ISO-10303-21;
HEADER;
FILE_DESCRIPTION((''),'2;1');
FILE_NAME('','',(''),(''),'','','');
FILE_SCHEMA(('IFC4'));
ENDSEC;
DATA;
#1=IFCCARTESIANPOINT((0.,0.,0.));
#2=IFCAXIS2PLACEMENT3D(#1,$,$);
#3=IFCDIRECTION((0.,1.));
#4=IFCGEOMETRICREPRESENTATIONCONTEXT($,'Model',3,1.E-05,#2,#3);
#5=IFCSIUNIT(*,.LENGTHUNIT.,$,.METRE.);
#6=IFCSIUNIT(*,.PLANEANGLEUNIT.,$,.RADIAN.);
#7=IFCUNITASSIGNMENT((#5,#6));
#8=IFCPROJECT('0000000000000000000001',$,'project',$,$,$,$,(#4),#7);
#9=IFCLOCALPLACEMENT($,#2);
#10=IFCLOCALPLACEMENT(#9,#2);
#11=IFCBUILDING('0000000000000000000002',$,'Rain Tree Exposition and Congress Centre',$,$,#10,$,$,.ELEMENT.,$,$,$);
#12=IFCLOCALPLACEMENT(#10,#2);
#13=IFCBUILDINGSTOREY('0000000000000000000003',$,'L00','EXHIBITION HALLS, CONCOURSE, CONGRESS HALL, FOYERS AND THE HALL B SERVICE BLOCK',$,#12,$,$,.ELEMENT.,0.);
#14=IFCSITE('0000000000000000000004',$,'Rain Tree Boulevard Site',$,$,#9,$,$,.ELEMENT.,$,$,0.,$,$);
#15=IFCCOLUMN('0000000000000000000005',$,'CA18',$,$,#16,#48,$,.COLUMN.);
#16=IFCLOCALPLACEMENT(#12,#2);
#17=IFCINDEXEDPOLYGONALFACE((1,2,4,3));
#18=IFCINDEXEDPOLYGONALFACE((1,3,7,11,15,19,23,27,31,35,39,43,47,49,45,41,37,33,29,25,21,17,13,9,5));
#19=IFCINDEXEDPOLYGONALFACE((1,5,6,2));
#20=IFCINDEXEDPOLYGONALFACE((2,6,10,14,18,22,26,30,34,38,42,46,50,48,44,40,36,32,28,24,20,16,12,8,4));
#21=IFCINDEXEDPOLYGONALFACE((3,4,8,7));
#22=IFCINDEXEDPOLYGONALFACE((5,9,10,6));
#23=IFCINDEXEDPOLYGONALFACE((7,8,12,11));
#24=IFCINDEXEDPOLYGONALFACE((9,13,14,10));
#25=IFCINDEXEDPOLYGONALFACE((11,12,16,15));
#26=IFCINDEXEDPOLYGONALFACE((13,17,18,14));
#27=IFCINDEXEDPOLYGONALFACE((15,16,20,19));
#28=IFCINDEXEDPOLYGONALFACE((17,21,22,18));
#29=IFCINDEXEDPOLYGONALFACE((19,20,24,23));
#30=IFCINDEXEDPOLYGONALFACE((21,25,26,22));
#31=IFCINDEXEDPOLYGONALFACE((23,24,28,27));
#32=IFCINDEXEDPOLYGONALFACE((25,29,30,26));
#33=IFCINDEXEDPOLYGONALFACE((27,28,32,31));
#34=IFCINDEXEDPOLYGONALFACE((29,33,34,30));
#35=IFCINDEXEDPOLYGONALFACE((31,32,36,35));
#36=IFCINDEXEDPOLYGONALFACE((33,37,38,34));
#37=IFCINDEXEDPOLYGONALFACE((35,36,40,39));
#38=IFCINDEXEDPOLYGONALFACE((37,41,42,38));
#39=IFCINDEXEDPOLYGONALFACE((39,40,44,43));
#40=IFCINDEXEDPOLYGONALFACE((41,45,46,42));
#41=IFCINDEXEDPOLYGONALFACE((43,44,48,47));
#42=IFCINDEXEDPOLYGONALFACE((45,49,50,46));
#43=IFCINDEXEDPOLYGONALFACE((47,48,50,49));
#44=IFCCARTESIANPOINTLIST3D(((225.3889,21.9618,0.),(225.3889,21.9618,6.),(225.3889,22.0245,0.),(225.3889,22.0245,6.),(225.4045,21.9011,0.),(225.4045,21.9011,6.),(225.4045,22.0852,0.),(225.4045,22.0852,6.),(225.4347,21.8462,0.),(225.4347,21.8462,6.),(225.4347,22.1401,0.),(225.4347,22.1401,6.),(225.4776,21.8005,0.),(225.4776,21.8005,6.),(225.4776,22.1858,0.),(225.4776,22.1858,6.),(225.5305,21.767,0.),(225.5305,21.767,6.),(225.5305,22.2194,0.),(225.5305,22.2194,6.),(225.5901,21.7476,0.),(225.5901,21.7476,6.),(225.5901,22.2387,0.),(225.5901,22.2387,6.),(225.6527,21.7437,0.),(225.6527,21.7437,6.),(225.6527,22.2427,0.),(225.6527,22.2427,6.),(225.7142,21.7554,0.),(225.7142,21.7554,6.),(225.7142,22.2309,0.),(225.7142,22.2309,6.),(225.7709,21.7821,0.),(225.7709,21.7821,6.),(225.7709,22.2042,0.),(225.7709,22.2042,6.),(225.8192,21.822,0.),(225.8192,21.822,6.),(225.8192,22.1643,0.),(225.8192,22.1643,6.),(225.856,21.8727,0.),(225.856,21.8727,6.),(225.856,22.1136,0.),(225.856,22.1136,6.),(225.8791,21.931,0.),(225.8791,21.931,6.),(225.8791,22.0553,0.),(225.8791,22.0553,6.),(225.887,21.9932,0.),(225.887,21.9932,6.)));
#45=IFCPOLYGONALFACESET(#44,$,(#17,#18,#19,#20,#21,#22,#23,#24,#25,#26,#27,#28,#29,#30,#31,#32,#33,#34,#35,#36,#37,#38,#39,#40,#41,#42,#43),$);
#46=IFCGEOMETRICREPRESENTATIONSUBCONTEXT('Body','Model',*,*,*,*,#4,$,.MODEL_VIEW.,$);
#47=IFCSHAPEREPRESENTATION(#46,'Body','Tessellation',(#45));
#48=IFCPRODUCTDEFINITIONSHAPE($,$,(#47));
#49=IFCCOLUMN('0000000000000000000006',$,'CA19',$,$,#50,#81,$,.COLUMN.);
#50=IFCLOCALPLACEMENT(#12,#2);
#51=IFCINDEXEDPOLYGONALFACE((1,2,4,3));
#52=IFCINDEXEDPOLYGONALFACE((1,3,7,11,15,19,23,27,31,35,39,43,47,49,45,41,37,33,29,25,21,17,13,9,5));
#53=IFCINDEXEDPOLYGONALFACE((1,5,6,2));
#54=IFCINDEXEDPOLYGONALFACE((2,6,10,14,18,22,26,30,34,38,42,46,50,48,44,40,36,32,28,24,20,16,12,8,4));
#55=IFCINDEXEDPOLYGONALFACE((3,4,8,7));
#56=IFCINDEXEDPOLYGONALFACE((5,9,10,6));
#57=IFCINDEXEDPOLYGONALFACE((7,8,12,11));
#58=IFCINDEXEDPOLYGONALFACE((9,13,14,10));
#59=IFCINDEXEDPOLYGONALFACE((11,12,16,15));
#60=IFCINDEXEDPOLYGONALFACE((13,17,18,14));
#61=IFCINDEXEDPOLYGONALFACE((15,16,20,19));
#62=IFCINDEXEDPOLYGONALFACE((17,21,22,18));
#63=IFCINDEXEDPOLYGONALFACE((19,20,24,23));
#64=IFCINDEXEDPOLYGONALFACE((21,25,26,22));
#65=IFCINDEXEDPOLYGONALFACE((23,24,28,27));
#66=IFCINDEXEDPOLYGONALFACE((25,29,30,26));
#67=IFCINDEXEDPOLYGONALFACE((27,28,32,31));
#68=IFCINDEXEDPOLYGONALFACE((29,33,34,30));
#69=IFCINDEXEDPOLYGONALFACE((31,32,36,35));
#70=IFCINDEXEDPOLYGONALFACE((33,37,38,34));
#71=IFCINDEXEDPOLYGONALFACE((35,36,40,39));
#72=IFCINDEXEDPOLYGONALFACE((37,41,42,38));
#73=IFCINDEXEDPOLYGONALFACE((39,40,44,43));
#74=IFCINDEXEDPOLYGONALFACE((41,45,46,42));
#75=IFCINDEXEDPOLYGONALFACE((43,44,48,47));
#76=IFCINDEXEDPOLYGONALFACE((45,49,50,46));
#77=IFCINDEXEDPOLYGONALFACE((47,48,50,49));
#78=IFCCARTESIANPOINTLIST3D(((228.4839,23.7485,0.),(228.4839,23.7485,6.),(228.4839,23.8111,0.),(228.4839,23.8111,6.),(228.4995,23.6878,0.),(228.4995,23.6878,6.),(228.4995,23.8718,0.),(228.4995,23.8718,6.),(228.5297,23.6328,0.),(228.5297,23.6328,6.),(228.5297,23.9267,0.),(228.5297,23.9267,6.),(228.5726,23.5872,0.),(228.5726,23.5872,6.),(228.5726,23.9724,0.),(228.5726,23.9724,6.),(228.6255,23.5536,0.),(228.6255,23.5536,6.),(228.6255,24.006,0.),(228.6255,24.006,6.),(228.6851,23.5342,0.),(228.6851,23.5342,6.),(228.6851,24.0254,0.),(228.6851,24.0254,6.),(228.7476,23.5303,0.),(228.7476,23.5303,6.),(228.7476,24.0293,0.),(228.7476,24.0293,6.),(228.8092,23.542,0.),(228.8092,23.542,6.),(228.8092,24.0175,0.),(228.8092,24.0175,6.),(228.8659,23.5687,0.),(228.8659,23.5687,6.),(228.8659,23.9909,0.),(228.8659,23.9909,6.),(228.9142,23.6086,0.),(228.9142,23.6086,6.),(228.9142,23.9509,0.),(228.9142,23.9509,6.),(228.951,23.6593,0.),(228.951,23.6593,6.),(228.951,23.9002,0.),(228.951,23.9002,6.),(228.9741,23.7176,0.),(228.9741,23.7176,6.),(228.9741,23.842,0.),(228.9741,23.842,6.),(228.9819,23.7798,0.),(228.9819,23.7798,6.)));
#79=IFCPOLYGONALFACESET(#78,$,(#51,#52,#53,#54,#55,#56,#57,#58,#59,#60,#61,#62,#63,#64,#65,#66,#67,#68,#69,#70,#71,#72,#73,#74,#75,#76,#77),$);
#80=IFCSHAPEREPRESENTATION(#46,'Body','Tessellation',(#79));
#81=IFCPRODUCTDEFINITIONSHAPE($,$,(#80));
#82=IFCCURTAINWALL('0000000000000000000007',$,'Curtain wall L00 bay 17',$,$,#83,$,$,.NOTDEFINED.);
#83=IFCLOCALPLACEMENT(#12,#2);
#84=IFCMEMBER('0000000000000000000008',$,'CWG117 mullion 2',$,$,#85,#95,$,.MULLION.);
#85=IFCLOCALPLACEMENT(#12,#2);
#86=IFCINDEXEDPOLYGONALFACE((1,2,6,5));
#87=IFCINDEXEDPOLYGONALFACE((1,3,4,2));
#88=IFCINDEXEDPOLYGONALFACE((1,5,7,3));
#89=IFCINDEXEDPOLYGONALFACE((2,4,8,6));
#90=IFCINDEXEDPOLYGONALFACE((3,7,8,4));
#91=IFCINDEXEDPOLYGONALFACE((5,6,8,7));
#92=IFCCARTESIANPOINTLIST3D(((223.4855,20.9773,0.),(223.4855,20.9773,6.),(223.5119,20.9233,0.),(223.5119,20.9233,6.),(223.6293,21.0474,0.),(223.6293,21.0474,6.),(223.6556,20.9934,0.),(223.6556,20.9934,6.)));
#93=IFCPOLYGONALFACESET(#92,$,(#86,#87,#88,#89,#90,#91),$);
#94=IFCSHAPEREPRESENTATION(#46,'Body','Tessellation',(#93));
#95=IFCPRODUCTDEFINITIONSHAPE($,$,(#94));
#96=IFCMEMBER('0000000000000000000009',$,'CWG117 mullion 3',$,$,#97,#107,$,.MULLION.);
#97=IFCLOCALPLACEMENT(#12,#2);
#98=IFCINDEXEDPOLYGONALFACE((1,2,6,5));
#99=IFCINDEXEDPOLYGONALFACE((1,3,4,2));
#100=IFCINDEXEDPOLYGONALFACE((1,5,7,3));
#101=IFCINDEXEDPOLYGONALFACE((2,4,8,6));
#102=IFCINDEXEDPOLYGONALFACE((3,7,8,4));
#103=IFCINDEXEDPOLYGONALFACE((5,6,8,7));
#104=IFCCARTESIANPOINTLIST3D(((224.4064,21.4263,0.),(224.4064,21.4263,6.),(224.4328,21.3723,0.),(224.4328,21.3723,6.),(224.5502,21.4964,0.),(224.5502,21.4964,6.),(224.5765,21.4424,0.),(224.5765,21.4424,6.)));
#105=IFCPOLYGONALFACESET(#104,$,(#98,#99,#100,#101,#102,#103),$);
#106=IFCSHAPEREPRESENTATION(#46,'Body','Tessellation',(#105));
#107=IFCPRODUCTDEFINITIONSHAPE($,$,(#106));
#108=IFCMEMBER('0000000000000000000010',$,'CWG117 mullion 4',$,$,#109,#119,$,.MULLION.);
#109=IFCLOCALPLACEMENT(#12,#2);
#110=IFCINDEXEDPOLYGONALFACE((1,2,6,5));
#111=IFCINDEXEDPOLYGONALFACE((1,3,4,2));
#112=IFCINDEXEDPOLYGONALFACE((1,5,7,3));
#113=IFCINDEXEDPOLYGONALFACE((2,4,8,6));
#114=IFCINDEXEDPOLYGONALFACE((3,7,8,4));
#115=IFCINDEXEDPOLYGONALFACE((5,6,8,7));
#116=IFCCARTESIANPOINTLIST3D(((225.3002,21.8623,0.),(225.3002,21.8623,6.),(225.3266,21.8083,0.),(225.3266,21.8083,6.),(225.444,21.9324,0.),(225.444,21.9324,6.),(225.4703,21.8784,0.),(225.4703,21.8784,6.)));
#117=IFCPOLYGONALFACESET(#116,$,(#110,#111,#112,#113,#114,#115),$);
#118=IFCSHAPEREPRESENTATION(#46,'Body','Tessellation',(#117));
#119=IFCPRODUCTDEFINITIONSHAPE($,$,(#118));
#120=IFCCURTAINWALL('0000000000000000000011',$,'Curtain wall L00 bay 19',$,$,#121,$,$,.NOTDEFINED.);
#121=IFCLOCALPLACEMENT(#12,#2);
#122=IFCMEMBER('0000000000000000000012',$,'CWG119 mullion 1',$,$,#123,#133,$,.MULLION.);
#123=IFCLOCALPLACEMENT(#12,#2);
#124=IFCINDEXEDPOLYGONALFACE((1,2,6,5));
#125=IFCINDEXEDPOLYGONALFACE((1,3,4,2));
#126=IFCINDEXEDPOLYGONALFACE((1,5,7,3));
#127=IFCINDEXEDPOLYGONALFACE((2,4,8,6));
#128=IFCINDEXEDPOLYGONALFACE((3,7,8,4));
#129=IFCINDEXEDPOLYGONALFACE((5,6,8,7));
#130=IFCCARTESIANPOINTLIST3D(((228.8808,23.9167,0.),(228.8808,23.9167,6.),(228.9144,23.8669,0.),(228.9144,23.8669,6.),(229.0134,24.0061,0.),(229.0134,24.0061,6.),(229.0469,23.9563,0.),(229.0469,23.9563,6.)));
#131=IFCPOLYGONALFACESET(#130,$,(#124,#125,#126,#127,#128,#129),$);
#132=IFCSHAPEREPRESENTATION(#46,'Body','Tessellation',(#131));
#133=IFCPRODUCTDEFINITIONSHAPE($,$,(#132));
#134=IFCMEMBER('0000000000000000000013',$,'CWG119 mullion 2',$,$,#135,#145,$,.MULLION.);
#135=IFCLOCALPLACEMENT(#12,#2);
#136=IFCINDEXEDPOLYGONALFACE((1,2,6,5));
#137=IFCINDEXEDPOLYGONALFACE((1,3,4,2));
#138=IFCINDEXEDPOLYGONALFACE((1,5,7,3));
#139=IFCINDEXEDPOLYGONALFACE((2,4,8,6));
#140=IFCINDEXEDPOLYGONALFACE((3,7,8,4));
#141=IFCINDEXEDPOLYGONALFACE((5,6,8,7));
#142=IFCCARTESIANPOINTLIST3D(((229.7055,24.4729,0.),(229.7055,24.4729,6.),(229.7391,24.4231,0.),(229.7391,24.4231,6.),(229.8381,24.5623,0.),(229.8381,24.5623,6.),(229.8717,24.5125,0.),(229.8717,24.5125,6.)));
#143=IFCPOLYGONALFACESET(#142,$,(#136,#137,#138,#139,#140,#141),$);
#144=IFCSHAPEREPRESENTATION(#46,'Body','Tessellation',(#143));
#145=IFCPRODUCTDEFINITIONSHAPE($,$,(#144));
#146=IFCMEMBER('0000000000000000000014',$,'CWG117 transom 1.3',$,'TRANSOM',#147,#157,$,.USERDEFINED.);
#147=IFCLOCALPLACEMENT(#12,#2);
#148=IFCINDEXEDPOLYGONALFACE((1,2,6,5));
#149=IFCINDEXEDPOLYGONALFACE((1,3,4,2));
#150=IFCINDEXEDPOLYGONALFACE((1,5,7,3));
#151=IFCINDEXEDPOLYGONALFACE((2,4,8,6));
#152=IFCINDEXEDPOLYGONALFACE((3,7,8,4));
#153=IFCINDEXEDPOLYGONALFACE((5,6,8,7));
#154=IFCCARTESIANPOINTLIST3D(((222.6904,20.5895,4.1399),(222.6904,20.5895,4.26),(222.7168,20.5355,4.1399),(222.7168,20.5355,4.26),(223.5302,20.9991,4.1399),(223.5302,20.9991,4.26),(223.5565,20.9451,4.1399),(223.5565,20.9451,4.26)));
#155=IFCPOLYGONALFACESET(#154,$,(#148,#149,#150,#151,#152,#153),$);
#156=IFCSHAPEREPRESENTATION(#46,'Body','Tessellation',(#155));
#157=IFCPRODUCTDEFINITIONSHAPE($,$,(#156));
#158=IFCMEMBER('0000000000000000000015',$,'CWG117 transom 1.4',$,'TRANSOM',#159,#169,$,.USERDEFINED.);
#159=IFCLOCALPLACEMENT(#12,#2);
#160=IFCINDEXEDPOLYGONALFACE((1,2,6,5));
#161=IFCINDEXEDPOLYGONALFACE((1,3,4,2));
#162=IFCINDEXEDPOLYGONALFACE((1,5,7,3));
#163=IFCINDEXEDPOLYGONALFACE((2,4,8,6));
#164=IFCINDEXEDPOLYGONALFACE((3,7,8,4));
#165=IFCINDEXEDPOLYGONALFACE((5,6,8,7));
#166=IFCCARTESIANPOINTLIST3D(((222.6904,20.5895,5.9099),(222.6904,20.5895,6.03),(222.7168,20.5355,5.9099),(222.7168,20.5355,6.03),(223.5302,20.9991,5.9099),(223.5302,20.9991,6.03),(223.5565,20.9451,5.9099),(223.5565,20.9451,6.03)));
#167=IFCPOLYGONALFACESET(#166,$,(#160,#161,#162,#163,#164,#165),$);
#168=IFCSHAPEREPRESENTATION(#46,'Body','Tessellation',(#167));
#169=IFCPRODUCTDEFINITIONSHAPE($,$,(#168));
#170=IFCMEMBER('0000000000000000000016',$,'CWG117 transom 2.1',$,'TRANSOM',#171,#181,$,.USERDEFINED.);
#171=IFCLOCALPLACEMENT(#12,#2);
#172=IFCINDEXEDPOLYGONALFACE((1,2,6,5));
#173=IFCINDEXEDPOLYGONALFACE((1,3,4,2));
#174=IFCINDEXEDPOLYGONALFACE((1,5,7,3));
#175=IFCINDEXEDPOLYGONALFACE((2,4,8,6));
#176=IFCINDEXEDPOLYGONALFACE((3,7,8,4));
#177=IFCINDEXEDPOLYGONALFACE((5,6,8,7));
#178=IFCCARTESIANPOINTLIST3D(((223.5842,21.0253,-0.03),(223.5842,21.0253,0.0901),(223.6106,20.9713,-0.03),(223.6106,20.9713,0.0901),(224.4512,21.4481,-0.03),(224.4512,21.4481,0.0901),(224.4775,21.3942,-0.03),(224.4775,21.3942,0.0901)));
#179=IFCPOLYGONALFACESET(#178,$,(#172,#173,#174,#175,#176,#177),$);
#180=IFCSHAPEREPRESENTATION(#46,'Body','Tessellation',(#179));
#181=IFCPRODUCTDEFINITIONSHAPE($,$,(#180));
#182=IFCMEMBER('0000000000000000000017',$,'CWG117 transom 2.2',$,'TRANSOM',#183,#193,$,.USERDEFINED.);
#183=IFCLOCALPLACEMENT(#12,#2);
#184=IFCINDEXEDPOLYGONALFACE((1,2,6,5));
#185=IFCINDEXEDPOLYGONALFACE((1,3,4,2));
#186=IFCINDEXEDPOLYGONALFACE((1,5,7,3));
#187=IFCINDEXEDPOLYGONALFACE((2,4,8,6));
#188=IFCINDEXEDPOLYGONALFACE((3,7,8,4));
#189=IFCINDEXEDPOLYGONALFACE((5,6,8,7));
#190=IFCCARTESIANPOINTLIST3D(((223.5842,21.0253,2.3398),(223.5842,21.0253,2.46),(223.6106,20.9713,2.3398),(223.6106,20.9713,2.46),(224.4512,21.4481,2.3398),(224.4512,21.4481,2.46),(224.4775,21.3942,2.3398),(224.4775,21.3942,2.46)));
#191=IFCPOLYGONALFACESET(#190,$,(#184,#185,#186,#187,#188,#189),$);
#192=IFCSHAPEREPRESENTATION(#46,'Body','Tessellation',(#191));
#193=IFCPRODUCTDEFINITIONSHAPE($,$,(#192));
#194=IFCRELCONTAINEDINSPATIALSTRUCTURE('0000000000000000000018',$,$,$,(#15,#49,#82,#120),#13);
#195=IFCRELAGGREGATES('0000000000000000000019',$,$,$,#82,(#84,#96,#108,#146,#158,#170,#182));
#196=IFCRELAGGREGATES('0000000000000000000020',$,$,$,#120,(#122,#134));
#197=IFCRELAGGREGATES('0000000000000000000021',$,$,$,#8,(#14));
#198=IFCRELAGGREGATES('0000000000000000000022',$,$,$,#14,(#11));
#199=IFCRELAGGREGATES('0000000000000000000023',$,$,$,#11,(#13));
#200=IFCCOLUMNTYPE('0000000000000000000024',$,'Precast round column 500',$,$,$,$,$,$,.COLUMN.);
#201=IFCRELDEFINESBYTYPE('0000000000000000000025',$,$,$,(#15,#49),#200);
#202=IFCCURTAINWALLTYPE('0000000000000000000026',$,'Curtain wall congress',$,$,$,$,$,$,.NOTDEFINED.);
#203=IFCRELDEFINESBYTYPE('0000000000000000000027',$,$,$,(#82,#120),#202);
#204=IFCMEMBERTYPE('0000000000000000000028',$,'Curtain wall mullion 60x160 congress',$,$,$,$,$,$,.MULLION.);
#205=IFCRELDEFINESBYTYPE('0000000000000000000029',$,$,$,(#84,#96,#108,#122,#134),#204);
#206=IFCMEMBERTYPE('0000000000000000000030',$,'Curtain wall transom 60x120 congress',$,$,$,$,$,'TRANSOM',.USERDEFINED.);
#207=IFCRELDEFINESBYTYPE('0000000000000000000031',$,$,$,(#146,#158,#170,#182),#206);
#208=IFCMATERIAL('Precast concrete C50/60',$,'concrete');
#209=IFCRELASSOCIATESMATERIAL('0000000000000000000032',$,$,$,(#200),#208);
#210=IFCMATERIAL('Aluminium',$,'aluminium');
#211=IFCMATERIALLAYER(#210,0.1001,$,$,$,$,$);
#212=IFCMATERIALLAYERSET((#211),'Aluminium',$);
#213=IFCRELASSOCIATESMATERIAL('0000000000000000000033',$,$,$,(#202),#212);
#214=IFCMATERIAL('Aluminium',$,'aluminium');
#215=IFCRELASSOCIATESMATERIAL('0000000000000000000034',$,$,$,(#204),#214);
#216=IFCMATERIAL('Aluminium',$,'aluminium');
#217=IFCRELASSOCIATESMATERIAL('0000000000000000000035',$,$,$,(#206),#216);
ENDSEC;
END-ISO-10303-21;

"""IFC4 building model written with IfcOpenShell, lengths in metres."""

from ifc_helpers import new_model, si_unit, direction, frame, origin, origin_2d, place, context, subcontext, project, spatial, rectangle, circle, extrude, material, layer, layer_set, material_profile, profile_set, type_object, element, aggregate, save


model = new_model("IFC4")

# Units and contexts
model_context = context("Model", 3, precision=1e-05, world=origin(), true_north=direction((0.0, 1.0)))
body_context = subcontext(model_context, "Body", "Model", "MODEL_VIEW")
ifc_project = project(units=[si_unit("LENGTHUNIT", "METRE"), si_unit("PLANEANGLEUNIT", "RADIAN")], contexts=[model_context])

# Site, building, storey
site_placement = place(None, origin())
site = spatial("IfcSite", under=ifc_project, at=site_placement, Name="Rain Tree Boulevard Site", CompositionType="ELEMENT", RefElevation=0.0)
building_placement = place(site_placement, origin())
building = spatial("IfcBuilding", under=site, at=building_placement, Name="Rain Tree Exposition and Congress Centre", CompositionType="ELEMENT")
storey_placement = place(building_placement, origin())
storey = spatial("IfcBuildingStorey", under=building, at=storey_placement, Name="L00", Description="EXHIBITION HALLS, CONCOURSE, CONGRESS HALL, FOYERS AND THE HALL B SERVICE BLOCK", CompositionType="ELEMENT", Elevation=0.0)

# Columns
ifc_material_1 = material(Name="Precast concrete C50/60", Category="concrete")
ifc_material_profile_1 = material_profile(ifc_material_1, circle(Radius=0.25, at=origin_2d()), Name="RC D500")
ifc_profile_set_1 = profile_set([ifc_material_profile_1], Name="Precast concrete C50/60")
column_type = type_object("IfcColumnType", Name="Precast round column 500", PredefinedType="COLUMN", material=ifc_profile_set_1)
for number, where, z_axis, x_axis, name in (
    (1, (225.637, 21.9932, 0.0), (0.0, 0.0, 1.0), (1.0, 0.0, 0.0), "CA18"),
    (2, (228.7319, 23.7798, 0.0), (0.0, 0.0, 1.0), (1.0, 0.0, 0.0), "CA19"),
):
    element("IfcColumn", number, at=place(storey_placement, frame(where, z_axis=z_axis, x_axis=x_axis)), inside=storey, type_object=column_type, Name=name, PredefinedType="COLUMN", context=body_context, shape_type="SweptSolid", body=[
        extrude(circle(Radius=0.25, at=origin_2d()), origin(), (0.0, 0.0, 1.0), 6.0),
    ])

# Curtain walls, members
ifc_material_2 = material(Name="Aluminium", Category="aluminium")
ifc_layer_1 = layer(ifc_material_2, 0.1001)
ifc_layer_set_1 = layer_set([ifc_layer_1], Name="Aluminium")
curtain_wall_type = type_object("IfcCurtainWallType", Name="Curtain wall congress", PredefinedType="NOTDEFINED", material=ifc_layer_set_1)
curtain_wall_1_placement = place(storey_placement, origin())
curtain_wall_1 = element("IfcCurtainWall", 3, at=curtain_wall_1_placement, inside=storey, type_object=curtain_wall_type, Name="Curtain wall L00 bay 17", PredefinedType="NOTDEFINED")
ifc_material_3 = material(Name="Aluminium", Category="aluminium")
ifc_material_profile_2 = material_profile(ifc_material_3, rectangle(XDim=0.0601, YDim=0.1599, at=origin_2d()), Name="AL 60x160")
ifc_profile_set_2 = profile_set([ifc_material_profile_2], Name="Aluminium")
member_type_1 = type_object("IfcMemberType", Name="Curtain wall mullion 60x160 congress", PredefinedType="MULLION", material=ifc_profile_set_2)
member_1_placement = place(storey_placement, frame((223.5706, 20.9854, 0.0), z_axis=(0.0, 0.0, 1.0), x_axis=(-0.438369, 0.898795, 0.0)))
member_1 = element("IfcMember", 4, at=member_1_placement, type_object=member_type_1, Name="CWG117 mullion 2", PredefinedType="MULLION", context=body_context, shape_type="SweptSolid", body=[
    extrude(rectangle(XDim=0.0601, YDim=0.1599, at=origin_2d()), origin(), (0.0, 0.0, 1.0), 6.0),
])
member_2_placement = place(storey_placement, frame((224.4915, 21.4343, 0.0), z_axis=(0.0, 0.0, 1.0), x_axis=(-0.438369, 0.898795, 0.0)))
member_2 = element("IfcMember", 5, at=member_2_placement, type_object=member_type_1, Name="CWG117 mullion 3", PredefinedType="MULLION", context=body_context, shape_type="SweptSolid", body=[
    extrude(rectangle(XDim=0.0601, YDim=0.1599, at=origin_2d()), origin(), (0.0, 0.0, 1.0), 6.0),
])
member_3_placement = place(storey_placement, frame((225.3853, 21.8704, 0.0), z_axis=(0.0, 0.0, 1.0), x_axis=(-0.438369, 0.898795, 0.0)))
member_3 = element("IfcMember", 6, at=member_3_placement, type_object=member_type_1, Name="CWG117 mullion 4", PredefinedType="MULLION", context=body_context, shape_type="SweptSolid", body=[
    extrude(rectangle(XDim=0.0601, YDim=0.1599, at=origin_2d()), origin(), (0.0, 0.0, 1.0), 6.0),
])
curtain_wall_2_placement = place(storey_placement, origin())
curtain_wall_2 = element("IfcCurtainWall", 7, at=curtain_wall_2_placement, inside=storey, type_object=curtain_wall_type, Name="Curtain wall L00 bay 19", PredefinedType="NOTDEFINED")
member_4_placement = place(storey_placement, frame((228.9639, 23.9365, 0.0), z_axis=(0.0, 0.0, 1.0), x_axis=(-0.559197, 0.829035, 0.0)))
member_4 = element("IfcMember", 8, at=member_4_placement, type_object=member_type_1, Name="CWG119 mullion 1", PredefinedType="MULLION", context=body_context, shape_type="SweptSolid", body=[
    extrude(rectangle(XDim=0.0601, YDim=0.1599, at=origin_2d()), origin(), (0.0, 0.0, 1.0), 6.0),
])
member_5_placement = place(storey_placement, frame((229.7886, 24.4927, 0.0), z_axis=(0.0, 0.0, 1.0), x_axis=(-0.559197, 0.829035, 0.0)))
member_5 = element("IfcMember", 9, at=member_5_placement, type_object=member_type_1, Name="CWG119 mullion 2", PredefinedType="MULLION", context=body_context, shape_type="SweptSolid", body=[
    extrude(rectangle(XDim=0.0601, YDim=0.1599, at=origin_2d()), origin(), (0.0, 0.0, 1.0), 6.0),
])

# Members
ifc_material_4 = material(Name="Aluminium", Category="aluminium")
ifc_material_profile_3 = material_profile(ifc_material_4, rectangle(XDim=0.0601, YDim=0.1201, at=origin_2d()), Name="AL 60x120")
ifc_profile_set_3 = profile_set([ifc_material_profile_3], Name="Aluminium")
member_type_2 = type_object("IfcMemberType", Name="Curtain wall transom 60x120 congress", ElementType="TRANSOM", PredefinedType="USERDEFINED", material=ifc_profile_set_3)
member_6_placement = place(storey_placement, frame((222.7036, 20.5625, 4.2), z_axis=(0.898773, 0.438413, 0.0), x_axis=(-0.438413, 0.898773, 0.0)))
member_6 = element("IfcMember", 10, at=member_6_placement, type_object=member_type_2, Name="CWG117 transom 1.3", ObjectType="TRANSOM", PredefinedType="USERDEFINED", context=body_context, shape_type="SweptSolid", body=[
    extrude(rectangle(XDim=0.0601, YDim=0.1201, at=origin_2d()), origin(), (0.0, 0.0, 1.0), 0.9343),
])
member_7_placement = place(storey_placement, frame((222.7036, 20.5625, 5.97), z_axis=(0.898773, 0.438413, 0.0), x_axis=(-0.438413, 0.898773, 0.0)))
member_7 = element("IfcMember", 11, at=member_7_placement, type_object=member_type_2, Name="CWG117 transom 1.4", ObjectType="TRANSOM", PredefinedType="USERDEFINED", context=body_context, shape_type="SweptSolid", body=[
    extrude(rectangle(XDim=0.0601, YDim=0.1201, at=origin_2d()), origin(), (0.0, 0.0, 1.0), 0.9343),
])
member_8_placement = place(storey_placement, frame((223.5974, 20.9983, 0.03), z_axis=(0.898788, 0.438384, 0.0), x_axis=(-0.438384, 0.898788, 0.0)))
member_8 = element("IfcMember", 12, at=member_8_placement, type_object=member_type_2, Name="CWG117 transom 2.1", ObjectType="TRANSOM", PredefinedType="USERDEFINED", context=body_context, shape_type="SweptSolid", body=[
    extrude(rectangle(XDim=0.0601, YDim=0.1201, at=origin_2d()), origin(), (0.0, 0.0, 1.0), 0.9646),
])
member_9_placement = place(storey_placement, frame((223.5974, 20.9983, 2.3999), z_axis=(0.898788, 0.438384, 0.0), x_axis=(-0.438384, 0.898788, 0.0)))
member_9 = element("IfcMember", 13, at=member_9_placement, type_object=member_type_2, Name="CWG117 transom 2.2", ObjectType="TRANSOM", PredefinedType="USERDEFINED", context=body_context, shape_type="SweptSolid", body=[
    extrude(rectangle(XDim=0.0601, YDim=0.1201, at=origin_2d()), origin(), (0.0, 0.0, 1.0), 0.9646),
])

aggregate(curtain_wall_1, [member_1, member_2, member_3, member_6, member_7, member_8, member_9])
aggregate(curtain_wall_2, [member_4, member_5])

save(model, "model.ifc")
